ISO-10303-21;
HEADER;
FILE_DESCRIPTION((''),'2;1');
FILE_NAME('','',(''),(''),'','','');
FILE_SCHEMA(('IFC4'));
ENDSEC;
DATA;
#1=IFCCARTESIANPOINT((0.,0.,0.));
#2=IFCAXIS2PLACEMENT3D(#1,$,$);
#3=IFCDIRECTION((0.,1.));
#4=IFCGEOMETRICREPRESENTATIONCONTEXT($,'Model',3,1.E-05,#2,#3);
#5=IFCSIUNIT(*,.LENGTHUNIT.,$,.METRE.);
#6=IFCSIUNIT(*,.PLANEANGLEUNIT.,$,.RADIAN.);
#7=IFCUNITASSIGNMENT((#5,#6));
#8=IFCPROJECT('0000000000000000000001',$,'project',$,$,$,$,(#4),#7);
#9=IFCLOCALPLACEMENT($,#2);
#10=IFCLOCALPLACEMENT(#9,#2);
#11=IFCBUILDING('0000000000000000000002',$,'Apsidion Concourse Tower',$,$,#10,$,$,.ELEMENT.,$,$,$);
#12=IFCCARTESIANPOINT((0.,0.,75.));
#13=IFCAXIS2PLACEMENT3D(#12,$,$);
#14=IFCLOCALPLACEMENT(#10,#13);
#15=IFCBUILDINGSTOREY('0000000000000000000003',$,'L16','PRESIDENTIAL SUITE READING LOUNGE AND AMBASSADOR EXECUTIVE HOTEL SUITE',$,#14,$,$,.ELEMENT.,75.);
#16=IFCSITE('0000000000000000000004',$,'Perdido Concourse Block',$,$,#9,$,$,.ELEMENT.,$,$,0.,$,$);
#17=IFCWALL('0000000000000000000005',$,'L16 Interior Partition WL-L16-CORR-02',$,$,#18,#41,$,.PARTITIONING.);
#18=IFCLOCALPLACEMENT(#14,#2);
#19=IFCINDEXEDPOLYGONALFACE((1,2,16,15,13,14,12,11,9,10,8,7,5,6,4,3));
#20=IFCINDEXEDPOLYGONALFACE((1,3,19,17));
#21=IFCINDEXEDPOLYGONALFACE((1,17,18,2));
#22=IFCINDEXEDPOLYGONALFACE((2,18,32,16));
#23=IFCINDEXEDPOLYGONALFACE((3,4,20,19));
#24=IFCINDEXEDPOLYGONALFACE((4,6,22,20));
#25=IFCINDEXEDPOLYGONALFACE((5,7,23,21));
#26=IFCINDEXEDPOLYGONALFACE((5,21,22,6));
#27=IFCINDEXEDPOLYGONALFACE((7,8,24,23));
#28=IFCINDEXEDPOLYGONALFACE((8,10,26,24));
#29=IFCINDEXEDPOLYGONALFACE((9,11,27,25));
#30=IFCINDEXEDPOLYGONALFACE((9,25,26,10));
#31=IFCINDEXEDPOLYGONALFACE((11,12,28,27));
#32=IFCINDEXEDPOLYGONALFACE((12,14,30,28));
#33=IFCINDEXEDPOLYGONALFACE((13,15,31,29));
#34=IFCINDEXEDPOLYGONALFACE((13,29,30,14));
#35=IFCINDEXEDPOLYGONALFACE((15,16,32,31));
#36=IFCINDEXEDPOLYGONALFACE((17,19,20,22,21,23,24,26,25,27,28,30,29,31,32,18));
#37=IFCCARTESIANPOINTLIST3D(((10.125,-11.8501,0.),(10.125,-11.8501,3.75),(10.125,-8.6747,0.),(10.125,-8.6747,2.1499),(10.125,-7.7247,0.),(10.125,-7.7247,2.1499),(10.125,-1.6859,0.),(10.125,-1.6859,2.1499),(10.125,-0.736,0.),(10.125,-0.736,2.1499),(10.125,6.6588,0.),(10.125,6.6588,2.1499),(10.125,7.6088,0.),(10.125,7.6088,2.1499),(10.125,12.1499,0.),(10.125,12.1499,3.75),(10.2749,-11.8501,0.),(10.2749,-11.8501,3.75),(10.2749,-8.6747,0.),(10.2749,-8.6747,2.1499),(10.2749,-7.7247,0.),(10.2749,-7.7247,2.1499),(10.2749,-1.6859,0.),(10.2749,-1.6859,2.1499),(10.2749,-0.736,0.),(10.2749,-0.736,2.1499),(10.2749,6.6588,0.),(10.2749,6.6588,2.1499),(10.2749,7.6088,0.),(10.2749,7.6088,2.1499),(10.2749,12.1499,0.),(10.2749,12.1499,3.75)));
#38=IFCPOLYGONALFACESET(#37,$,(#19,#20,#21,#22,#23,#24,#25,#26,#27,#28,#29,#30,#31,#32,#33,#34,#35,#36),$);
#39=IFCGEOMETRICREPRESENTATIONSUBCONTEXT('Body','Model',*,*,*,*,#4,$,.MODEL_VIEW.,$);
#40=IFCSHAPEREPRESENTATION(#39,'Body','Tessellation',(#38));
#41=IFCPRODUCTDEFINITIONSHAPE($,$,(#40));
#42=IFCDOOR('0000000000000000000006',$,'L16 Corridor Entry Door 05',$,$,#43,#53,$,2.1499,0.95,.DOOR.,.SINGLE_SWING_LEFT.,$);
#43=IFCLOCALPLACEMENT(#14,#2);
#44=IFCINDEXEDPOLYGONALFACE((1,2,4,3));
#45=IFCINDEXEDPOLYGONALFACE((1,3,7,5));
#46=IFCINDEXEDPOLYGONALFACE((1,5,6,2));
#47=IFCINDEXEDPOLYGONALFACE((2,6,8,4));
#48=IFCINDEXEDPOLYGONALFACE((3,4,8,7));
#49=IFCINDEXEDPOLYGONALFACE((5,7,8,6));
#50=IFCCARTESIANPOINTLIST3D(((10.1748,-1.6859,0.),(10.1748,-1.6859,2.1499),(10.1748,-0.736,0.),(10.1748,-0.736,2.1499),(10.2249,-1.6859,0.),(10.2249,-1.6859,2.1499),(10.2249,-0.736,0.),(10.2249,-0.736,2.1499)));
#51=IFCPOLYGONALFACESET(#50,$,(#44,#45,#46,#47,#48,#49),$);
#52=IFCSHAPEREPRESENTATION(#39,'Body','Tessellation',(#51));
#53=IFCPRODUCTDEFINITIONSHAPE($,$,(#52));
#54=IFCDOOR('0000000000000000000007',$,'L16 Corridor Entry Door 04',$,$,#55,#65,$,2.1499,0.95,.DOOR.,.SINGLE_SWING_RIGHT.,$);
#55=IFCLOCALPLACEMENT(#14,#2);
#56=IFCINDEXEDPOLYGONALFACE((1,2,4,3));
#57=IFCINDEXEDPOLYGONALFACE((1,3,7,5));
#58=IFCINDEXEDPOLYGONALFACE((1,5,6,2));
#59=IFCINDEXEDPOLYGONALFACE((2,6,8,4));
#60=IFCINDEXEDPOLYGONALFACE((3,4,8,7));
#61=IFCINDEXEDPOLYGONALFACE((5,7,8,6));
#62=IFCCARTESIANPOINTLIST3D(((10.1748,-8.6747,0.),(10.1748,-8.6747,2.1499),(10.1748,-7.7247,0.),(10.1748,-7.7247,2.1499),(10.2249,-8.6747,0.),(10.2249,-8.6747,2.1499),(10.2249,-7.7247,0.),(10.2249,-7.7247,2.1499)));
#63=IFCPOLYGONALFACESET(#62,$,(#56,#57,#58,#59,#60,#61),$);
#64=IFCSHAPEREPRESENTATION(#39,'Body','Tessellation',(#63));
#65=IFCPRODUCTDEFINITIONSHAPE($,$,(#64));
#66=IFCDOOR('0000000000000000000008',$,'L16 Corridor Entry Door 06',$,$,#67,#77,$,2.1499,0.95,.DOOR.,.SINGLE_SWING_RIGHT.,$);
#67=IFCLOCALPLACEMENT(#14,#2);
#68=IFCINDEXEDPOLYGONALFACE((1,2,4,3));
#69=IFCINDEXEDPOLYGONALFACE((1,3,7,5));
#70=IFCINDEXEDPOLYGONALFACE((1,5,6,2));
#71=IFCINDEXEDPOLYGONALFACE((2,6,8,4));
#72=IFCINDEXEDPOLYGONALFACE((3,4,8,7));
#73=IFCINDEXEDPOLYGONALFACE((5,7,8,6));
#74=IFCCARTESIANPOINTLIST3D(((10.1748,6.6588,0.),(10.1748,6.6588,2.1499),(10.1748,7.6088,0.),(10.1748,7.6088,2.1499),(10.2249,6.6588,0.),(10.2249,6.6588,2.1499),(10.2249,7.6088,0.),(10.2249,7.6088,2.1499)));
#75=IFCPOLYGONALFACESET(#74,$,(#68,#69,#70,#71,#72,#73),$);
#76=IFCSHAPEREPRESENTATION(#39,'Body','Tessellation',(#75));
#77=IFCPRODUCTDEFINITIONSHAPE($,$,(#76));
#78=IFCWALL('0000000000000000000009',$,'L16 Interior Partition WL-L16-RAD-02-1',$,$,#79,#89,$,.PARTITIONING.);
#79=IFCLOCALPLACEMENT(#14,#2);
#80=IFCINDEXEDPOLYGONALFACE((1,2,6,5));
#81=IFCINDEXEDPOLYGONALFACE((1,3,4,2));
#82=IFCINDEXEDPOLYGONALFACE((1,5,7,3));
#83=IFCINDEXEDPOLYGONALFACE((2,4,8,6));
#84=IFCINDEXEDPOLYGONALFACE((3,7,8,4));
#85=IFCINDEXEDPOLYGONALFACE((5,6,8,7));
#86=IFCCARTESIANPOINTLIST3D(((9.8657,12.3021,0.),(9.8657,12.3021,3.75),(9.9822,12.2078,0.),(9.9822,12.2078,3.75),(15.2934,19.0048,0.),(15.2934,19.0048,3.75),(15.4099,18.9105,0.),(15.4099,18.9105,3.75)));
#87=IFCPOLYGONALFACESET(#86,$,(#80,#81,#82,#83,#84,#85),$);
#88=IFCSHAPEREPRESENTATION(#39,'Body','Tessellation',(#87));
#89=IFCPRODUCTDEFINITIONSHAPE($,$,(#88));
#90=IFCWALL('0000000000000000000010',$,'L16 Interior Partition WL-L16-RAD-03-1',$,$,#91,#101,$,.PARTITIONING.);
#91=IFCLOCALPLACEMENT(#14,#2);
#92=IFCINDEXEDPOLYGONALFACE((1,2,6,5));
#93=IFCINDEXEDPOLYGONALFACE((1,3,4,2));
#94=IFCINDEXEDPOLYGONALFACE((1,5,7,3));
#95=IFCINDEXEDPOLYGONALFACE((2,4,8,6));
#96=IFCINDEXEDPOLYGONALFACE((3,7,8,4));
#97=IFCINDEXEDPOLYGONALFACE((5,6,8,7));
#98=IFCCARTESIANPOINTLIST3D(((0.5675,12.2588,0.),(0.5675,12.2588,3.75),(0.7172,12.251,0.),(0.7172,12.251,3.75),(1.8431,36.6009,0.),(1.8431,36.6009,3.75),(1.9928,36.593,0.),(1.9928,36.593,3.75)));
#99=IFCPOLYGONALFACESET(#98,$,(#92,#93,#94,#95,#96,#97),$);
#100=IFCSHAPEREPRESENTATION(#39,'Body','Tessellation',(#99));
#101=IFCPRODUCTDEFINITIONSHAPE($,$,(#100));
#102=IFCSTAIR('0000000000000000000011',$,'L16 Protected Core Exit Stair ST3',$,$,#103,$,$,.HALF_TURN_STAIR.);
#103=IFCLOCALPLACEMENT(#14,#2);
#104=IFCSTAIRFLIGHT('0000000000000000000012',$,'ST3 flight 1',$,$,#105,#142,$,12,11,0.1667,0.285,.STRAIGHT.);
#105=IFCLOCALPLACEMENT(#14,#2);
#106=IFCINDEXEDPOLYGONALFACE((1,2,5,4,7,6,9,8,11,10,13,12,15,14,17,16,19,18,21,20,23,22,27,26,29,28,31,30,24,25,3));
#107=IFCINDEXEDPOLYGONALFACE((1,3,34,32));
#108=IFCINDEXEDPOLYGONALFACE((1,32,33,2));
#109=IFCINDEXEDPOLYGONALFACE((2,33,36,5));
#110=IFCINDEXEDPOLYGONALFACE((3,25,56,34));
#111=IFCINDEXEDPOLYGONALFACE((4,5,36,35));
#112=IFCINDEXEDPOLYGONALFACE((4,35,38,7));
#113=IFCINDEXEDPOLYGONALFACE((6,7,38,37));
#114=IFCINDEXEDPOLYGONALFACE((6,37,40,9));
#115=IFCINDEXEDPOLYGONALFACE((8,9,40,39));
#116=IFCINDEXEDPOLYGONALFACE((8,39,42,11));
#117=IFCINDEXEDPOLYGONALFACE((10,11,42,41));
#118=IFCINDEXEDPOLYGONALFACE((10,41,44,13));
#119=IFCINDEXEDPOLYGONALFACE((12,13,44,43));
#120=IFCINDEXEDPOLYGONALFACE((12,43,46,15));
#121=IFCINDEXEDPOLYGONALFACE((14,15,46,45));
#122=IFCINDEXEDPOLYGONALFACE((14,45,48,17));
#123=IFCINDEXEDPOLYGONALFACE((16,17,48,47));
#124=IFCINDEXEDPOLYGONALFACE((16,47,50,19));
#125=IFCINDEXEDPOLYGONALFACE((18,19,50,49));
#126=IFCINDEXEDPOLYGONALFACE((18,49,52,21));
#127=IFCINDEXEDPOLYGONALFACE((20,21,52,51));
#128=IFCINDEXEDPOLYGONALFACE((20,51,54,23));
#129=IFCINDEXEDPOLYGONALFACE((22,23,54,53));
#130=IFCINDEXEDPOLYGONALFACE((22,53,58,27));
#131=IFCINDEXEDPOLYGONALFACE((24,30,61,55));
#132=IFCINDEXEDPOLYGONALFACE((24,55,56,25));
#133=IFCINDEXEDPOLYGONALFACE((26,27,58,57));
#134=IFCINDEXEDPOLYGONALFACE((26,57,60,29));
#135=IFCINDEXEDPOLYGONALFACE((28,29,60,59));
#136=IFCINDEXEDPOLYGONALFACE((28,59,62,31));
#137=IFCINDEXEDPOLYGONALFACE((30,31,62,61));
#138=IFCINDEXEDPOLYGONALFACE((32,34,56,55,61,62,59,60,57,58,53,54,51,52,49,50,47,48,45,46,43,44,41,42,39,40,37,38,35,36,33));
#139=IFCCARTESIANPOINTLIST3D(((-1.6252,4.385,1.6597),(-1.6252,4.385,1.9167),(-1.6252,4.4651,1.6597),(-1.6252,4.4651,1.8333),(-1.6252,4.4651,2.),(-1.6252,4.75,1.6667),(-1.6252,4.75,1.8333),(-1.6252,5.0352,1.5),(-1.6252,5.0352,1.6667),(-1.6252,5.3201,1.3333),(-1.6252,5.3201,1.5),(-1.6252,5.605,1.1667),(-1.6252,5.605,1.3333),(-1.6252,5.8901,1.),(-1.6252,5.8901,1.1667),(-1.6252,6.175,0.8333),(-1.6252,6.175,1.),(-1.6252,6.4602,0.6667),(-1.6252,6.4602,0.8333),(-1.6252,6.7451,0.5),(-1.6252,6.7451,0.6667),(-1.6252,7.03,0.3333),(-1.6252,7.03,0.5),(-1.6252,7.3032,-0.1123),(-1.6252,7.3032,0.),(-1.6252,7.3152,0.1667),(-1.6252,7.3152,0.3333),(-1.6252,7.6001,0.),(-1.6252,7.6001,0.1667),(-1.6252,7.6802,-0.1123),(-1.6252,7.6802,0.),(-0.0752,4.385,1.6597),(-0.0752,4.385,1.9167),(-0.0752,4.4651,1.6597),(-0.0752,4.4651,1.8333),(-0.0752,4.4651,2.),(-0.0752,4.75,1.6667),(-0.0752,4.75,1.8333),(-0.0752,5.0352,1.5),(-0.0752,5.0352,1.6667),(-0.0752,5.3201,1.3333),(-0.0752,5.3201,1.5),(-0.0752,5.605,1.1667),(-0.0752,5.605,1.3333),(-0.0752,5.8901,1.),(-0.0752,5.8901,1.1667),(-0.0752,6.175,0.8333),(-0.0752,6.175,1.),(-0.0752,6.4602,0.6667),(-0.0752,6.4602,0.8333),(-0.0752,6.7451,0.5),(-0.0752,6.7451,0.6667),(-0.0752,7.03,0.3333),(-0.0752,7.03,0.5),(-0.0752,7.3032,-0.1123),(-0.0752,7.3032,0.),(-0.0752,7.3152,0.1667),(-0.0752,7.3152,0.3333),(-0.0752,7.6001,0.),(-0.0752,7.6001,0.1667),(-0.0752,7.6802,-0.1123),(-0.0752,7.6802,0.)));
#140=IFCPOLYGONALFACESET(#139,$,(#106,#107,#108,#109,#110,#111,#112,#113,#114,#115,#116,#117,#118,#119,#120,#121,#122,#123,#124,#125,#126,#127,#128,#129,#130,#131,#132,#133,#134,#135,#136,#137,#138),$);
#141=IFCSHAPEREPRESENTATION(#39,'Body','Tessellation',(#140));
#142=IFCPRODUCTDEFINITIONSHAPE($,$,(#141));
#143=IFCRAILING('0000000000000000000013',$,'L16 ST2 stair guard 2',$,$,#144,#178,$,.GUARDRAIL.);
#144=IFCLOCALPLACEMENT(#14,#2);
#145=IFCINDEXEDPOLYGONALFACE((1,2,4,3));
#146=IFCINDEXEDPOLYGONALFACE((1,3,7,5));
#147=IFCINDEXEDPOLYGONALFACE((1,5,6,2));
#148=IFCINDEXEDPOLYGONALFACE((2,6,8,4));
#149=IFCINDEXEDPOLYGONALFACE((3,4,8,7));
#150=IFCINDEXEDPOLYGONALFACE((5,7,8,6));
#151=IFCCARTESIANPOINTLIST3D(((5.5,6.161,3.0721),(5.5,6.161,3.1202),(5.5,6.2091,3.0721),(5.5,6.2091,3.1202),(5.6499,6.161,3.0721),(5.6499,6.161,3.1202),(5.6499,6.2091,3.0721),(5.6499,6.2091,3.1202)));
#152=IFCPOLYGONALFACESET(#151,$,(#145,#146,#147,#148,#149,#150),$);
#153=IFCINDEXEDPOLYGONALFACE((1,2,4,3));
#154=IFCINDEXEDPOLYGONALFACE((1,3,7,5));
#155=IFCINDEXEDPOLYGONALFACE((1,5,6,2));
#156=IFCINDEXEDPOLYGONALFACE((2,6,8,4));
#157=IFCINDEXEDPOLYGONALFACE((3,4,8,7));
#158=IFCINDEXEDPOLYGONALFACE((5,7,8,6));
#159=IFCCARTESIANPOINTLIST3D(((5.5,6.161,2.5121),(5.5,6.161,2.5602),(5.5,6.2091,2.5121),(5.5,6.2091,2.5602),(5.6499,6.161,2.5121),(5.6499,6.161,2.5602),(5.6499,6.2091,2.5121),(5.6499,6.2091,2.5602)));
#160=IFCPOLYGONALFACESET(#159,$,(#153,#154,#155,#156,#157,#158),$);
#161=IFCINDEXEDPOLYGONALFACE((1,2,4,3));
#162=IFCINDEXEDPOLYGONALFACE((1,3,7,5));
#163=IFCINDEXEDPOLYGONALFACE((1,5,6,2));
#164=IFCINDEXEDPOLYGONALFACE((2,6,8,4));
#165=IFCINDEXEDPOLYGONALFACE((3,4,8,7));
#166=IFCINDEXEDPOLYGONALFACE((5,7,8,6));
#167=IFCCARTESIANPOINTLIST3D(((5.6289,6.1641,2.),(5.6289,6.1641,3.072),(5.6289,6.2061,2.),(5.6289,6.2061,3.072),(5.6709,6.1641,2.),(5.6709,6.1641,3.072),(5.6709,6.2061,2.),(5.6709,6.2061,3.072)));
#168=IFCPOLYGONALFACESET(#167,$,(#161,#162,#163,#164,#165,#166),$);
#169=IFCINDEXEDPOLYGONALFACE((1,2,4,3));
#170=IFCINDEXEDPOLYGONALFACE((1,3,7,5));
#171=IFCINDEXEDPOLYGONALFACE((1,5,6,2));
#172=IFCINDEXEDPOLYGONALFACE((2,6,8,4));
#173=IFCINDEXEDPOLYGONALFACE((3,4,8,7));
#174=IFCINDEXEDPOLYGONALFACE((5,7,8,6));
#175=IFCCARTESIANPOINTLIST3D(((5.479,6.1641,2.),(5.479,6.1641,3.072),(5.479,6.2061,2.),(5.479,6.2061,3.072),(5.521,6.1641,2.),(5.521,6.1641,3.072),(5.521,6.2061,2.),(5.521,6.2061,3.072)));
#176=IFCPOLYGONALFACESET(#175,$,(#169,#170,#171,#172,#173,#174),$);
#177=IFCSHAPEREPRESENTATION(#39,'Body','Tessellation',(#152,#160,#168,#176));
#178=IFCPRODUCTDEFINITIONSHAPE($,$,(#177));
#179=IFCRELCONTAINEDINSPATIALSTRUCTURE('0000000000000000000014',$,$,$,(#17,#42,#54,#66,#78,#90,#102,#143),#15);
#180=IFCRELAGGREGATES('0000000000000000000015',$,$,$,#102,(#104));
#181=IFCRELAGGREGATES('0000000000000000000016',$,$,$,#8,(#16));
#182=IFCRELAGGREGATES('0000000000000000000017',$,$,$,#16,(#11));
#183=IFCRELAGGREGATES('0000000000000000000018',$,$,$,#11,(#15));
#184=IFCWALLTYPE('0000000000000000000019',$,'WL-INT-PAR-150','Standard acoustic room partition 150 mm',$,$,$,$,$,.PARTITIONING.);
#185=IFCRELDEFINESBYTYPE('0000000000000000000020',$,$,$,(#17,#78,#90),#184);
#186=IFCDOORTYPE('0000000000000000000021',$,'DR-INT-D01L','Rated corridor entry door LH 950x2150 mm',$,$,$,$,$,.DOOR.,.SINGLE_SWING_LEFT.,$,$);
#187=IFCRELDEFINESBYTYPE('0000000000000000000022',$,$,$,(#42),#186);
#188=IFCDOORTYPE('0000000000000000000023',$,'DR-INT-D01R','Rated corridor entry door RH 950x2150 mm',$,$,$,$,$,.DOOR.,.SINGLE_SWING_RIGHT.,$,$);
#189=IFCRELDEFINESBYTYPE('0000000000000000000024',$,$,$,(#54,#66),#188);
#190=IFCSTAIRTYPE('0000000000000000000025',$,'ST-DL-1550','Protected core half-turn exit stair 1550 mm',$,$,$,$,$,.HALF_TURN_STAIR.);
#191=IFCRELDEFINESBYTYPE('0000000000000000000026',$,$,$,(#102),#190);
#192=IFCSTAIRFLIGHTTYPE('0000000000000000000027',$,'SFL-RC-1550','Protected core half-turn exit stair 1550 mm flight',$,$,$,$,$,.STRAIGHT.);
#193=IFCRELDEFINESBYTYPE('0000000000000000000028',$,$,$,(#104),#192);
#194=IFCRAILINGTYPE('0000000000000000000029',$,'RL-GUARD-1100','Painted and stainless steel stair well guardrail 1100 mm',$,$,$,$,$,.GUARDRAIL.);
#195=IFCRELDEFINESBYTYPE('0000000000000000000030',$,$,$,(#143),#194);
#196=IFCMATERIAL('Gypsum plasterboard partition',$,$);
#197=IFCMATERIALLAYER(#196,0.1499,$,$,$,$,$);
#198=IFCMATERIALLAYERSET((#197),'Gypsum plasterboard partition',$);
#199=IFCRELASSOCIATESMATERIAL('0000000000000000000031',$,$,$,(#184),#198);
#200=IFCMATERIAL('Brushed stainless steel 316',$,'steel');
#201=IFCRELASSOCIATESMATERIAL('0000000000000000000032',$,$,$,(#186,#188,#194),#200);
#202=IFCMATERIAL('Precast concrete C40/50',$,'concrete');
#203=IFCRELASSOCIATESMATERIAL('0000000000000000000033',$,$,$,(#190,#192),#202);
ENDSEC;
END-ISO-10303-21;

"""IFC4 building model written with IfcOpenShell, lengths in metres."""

from ifc_helpers import new_model, si_unit, direction, frame, frame_2d, origin, origin_2d, place, context, subcontext, project, spatial, polyline, rectangle, outline, extrude, material, layer, layer_set, type_object, element, fill, aggregate, save


model = new_model("IFC4")

# Units and contexts
model_context = context("Model", 3, precision=1e-05, world=origin(), true_north=direction((0.0, 1.0)))
body_context = subcontext(model_context, "Body", "Model", "MODEL_VIEW")
ifc_project = project(units=[si_unit("LENGTHUNIT", "METRE"), si_unit("PLANEANGLEUNIT", "RADIAN")], contexts=[model_context])

# Site, building, storey
site_placement = place(None, origin())
site = spatial("IfcSite", under=ifc_project, at=site_placement, Name="Perdido Concourse Block", CompositionType="ELEMENT", RefElevation=0.0)
building_placement = place(site_placement, origin())
building = spatial("IfcBuilding", under=site, at=building_placement, Name="Apsidion Concourse Tower", CompositionType="ELEMENT")
storey_placement = place(building_placement, frame((0.0, 0.0, 75.0)))
storey = spatial("IfcBuildingStorey", under=building, at=storey_placement, Name="L16", Description="PRESIDENTIAL SUITE READING LOUNGE AND AMBASSADOR EXECUTIVE HOTEL SUITE", CompositionType="ELEMENT", Elevation=75.0)

# Shared definitions
ifc_material_1 = material(Name="Gypsum plasterboard partition")

# Wall, openings, doors
ifc_layer_1 = layer(ifc_material_1, 0.1499)
ifc_layer_set_1 = layer_set([ifc_layer_1], Name="Gypsum plasterboard partition")
wall_type_1 = type_object("IfcWallType", Name="WL-INT-PAR-150", Description="Standard acoustic room partition 150 mm", PredefinedType="PARTITIONING", material=ifc_layer_set_1)
wall_1_placement = place(storey_placement, frame((10.2, 12.1499, 0.0), z_axis=(0.0, 0.0, 1.0), x_axis=(0.0, -1.0, 0.0)))
wall_1 = element("IfcWall", 1, at=wall_1_placement, inside=storey, type_object=wall_type_1, Name="L16 Interior Partition WL-L16-CORR-02", PredefinedType="PARTITIONING", context=body_context, shape_type="SweptSolid", body=[
    extrude(rectangle(XDim=24.0, YDim=0.1499, at=frame_2d((12.0, 0.0))), origin(), (0.0, 0.0, 1.0), 3.75),
])
opening_1_placement = place(wall_1_placement, frame((19.8745, 0.0, 0.0)))
opening_1 = element("IfcOpeningElement", 2, at=opening_1_placement, cuts=wall_1, PredefinedType="OPENING", context=body_context, shape_type="SweptSolid", body=[
    extrude(rectangle(XDim=0.95, YDim=2.1499, at=frame_2d((0.4751, 1.075))), frame((0.0, 0.085, 0.0), z_axis=(0.0, -1.0, 0.0), x_axis=(1.0, 0.0, 0.0)), (0.0, 0.0, 1.0), 0.1699),
])
opening_2_placement = place(wall_1_placement, frame((12.8857, 0.0, 0.0)))
opening_2 = element("IfcOpeningElement", 3, at=opening_2_placement, cuts=wall_1, PredefinedType="OPENING", context=body_context, shape_type="SweptSolid", body=[
    extrude(rectangle(XDim=0.95, YDim=2.1499, at=frame_2d((0.4751, 1.075))), frame((0.0, 0.085, 0.0), z_axis=(0.0, -1.0, 0.0), x_axis=(1.0, 0.0, 0.0)), (0.0, 0.0, 1.0), 0.1699),
])
opening_3_placement = place(wall_1_placement, frame((4.541, 0.0, 0.0)))
opening_3 = element("IfcOpeningElement", 4, at=opening_3_placement, cuts=wall_1, PredefinedType="OPENING", context=body_context, shape_type="SweptSolid", body=[
    extrude(rectangle(XDim=0.95, YDim=2.1499, at=frame_2d((0.4751, 1.075))), frame((0.0, 0.085, 0.0), z_axis=(0.0, -1.0, 0.0), x_axis=(1.0, 0.0, 0.0)), (0.0, 0.0, 1.0), 0.1699),
])
ifc_material_2 = material(Name="Brushed stainless steel 316", Category="steel")
door_type_1 = type_object("IfcDoorType", Name="DR-INT-D01L", Description="Rated corridor entry door LH 950x2150 mm", OperationType="SINGLE_SWING_LEFT", PredefinedType="DOOR", material=ifc_material_2)
door_1_placement = place(opening_2_placement, origin())
door_1 = element("IfcDoor", 5, at=door_1_placement, inside=storey, type_object=door_type_1, Name="L16 Corridor Entry Door 05", OperationType="SINGLE_SWING_LEFT", OverallHeight=2.1499, OverallWidth=0.95, PredefinedType="DOOR", context=body_context, shape_type="SweptSolid", body=[
    extrude(rectangle(XDim=0.95, YDim=2.1499, at=frame_2d((0.4751, 1.075))), frame((0.0, 0.0249, 0.0), z_axis=(0.0, -1.0, 0.0), x_axis=(1.0, 0.0, 0.0)), (0.0, 0.0, 1.0), 0.05),
])
fill(opening_2, door_1)
door_type_2 = type_object("IfcDoorType", Name="DR-INT-D01R", Description="Rated corridor entry door RH 950x2150 mm", OperationType="SINGLE_SWING_RIGHT", PredefinedType="DOOR", material=ifc_material_2)
door_2_placement = place(opening_1_placement, origin())
door_2 = element("IfcDoor", 6, at=door_2_placement, inside=storey, type_object=door_type_2, Name="L16 Corridor Entry Door 04", OperationType="SINGLE_SWING_RIGHT", OverallHeight=2.1499, OverallWidth=0.95, PredefinedType="DOOR", context=body_context, shape_type="SweptSolid", body=[
    extrude(rectangle(XDim=0.95, YDim=2.1499, at=frame_2d((0.4751, 1.075))), frame((0.0, 0.0249, 0.0), z_axis=(0.0, -1.0, 0.0), x_axis=(1.0, 0.0, 0.0)), (0.0, 0.0, 1.0), 0.05),
])
fill(opening_1, door_2)
door_3_placement = place(opening_3_placement, origin())
door_3 = element("IfcDoor", 7, at=door_3_placement, inside=storey, type_object=door_type_2, Name="L16 Corridor Entry Door 06", OperationType="SINGLE_SWING_RIGHT", OverallHeight=2.1499, OverallWidth=0.95, PredefinedType="DOOR", context=body_context, shape_type="SweptSolid", body=[
    extrude(rectangle(XDim=0.95, YDim=2.1499, at=frame_2d((0.4751, 1.075))), frame((0.0, 0.0249, 0.0), z_axis=(0.0, -1.0, 0.0), x_axis=(1.0, 0.0, 0.0)), (0.0, 0.0, 1.0), 0.05),
])
fill(opening_3, door_3)

# Walls
wall_2_placement = place(storey_placement, frame((9.9238, 12.2549, 0.0), z_axis=(0.0, 0.0, 1.0), x_axis=(0.629324, 0.777143, 0.0)))
element("IfcWall", 8, at=wall_2_placement, inside=storey, type_object=wall_type_1, Name="L16 Interior Partition WL-L16-RAD-02-1", PredefinedType="PARTITIONING", context=body_context, shape_type="SweptSolid", body=[
    extrude(rectangle(XDim=8.6248, YDim=0.1499, at=frame_2d((4.3125, 0.0))), origin(), (0.0, 0.0, 1.0), 3.75),
])
wall_3_placement = place(storey_placement, frame((0.6423, 12.2549, 0.0), z_axis=(0.0, 0.0, 1.0), x_axis=(0.052333, 0.99863, 0.0)))
element("IfcWall", 9, at=wall_3_placement, inside=storey, type_object=wall_type_1, Name="L16 Interior Partition WL-L16-RAD-03-1", PredefinedType="PARTITIONING", context=body_context, shape_type="SweptSolid", body=[
    extrude(rectangle(XDim=24.3755, YDim=0.1499, at=frame_2d((12.1877, 0.0))), origin(), (0.0, 0.0, 1.0), 3.75),
])

# Stair, stair flight
ifc_material_3 = material(Name="Precast concrete C40/50", Category="concrete")
stair_type = type_object("IfcStairType", Name="ST-DL-1550", Description="Protected core half-turn exit stair 1550 mm", PredefinedType="HALF_TURN_STAIR", material=ifc_material_3)
stair_placement = place(storey_placement, origin())
stair = element("IfcStair", 10, at=stair_placement, inside=storey, type_object=stair_type, Name="L16 Protected Core Exit Stair ST3", PredefinedType="HALF_TURN_STAIR")
stair_flight_type = type_object("IfcStairFlightType", Name="SFL-RC-1550", Description="Protected core half-turn exit stair 1550 mm flight", PredefinedType="STRAIGHT", material=ifc_material_3)
stair_flight_placement = place(storey_placement, frame((-0.8501, 7.6001, 0.0), z_axis=(0.0, 0.0, 1.0), x_axis=(0.0, -1.0, 0.0)))
stair_flight = element("IfcStairFlight", 11, at=stair_flight_placement, type_object=stair_flight_type, Name="ST3 flight 1", NumberOfRisers=12, NumberOfTreads=11, PredefinedType="STRAIGHT", RiserHeight=0.1667, TreadLength=0.285, context=body_context, shape_type="SweptSolid", body=[
    extrude(outline(polyline([(-0.0801, -0.1123), (-0.0801, 0.0), (0.0, 0.0), (0.0, 0.1667), (0.2849, 0.1667), (0.2849, 0.3333), (0.5701, 0.3333), (0.5701, 0.5), (0.855, 0.5), (0.855, 0.6667), (1.1399, 0.6667), (1.1399, 0.8333), (1.425, 0.8333), (1.425, 1.0), (1.71, 1.0), (1.71, 1.1667), (1.9951, 1.1667), (1.9951, 1.3333), (2.28, 1.3333), (2.28, 1.5), (2.5649, 1.5), (2.5649, 1.6667), (2.8501, 1.6667), (2.8501, 1.8333), (3.135, 1.8333), (3.135, 2.0), (3.2151, 1.9167), (3.2151, 1.6597), (3.135, 1.6597), (0.2969, 0.0), (0.2969, -0.1123), (-0.0801, -0.1123)])), frame((0.0, 0.7749, 0.0), z_axis=(0.0, -1.0, 0.0), x_axis=(1.0, 0.0, 0.0)), (0.0, 0.0, 1.0), 1.55),
])
aggregate(stair, [stair_flight])

# Railing
railing_type_1 = type_object("IfcRailingType", Name="RL-GUARD-1100", Description="Painted and stainless steel stair well guardrail 1100 mm", PredefinedType="GUARDRAIL", material=ifc_material_2)
railing_1_placement = place(storey_placement, frame((5.6499, 6.1851, 2.0)))
element("IfcRailing", 12, at=railing_1_placement, inside=storey, type_object=railing_type_1, Name="L16 ST2 stair guard 2", PredefinedType="GUARDRAIL", context=body_context, shape_type="SweptSolid", body=[
    extrude(rectangle(XDim=0.0481, YDim=0.0481, at=origin_2d()), frame((0.0, 0.0, 1.0962), z_axis=(-1.0, 0.0, 0.0), x_axis=(0.0, -1.0, 0.0)), (0.0, 0.0, 1.0), 0.1499),
    extrude(rectangle(XDim=0.0481, YDim=0.0481, at=origin_2d()), frame((0.0, 0.0, 0.5361), z_axis=(-1.0, 0.0, 0.0), x_axis=(0.0, -1.0, 0.0)), (0.0, 0.0, 1.0), 0.1499),
    extrude(rectangle(XDim=0.042, YDim=0.042, at=origin_2d()), origin(), (0.0, 0.0, 1.0), 1.072),
    extrude(rectangle(XDim=0.042, YDim=0.042, at=origin_2d()), frame((-0.1499, 0.0, 0.0)), (0.0, 0.0, 1.0), 1.072),
])

save(model, "model.ifc")
